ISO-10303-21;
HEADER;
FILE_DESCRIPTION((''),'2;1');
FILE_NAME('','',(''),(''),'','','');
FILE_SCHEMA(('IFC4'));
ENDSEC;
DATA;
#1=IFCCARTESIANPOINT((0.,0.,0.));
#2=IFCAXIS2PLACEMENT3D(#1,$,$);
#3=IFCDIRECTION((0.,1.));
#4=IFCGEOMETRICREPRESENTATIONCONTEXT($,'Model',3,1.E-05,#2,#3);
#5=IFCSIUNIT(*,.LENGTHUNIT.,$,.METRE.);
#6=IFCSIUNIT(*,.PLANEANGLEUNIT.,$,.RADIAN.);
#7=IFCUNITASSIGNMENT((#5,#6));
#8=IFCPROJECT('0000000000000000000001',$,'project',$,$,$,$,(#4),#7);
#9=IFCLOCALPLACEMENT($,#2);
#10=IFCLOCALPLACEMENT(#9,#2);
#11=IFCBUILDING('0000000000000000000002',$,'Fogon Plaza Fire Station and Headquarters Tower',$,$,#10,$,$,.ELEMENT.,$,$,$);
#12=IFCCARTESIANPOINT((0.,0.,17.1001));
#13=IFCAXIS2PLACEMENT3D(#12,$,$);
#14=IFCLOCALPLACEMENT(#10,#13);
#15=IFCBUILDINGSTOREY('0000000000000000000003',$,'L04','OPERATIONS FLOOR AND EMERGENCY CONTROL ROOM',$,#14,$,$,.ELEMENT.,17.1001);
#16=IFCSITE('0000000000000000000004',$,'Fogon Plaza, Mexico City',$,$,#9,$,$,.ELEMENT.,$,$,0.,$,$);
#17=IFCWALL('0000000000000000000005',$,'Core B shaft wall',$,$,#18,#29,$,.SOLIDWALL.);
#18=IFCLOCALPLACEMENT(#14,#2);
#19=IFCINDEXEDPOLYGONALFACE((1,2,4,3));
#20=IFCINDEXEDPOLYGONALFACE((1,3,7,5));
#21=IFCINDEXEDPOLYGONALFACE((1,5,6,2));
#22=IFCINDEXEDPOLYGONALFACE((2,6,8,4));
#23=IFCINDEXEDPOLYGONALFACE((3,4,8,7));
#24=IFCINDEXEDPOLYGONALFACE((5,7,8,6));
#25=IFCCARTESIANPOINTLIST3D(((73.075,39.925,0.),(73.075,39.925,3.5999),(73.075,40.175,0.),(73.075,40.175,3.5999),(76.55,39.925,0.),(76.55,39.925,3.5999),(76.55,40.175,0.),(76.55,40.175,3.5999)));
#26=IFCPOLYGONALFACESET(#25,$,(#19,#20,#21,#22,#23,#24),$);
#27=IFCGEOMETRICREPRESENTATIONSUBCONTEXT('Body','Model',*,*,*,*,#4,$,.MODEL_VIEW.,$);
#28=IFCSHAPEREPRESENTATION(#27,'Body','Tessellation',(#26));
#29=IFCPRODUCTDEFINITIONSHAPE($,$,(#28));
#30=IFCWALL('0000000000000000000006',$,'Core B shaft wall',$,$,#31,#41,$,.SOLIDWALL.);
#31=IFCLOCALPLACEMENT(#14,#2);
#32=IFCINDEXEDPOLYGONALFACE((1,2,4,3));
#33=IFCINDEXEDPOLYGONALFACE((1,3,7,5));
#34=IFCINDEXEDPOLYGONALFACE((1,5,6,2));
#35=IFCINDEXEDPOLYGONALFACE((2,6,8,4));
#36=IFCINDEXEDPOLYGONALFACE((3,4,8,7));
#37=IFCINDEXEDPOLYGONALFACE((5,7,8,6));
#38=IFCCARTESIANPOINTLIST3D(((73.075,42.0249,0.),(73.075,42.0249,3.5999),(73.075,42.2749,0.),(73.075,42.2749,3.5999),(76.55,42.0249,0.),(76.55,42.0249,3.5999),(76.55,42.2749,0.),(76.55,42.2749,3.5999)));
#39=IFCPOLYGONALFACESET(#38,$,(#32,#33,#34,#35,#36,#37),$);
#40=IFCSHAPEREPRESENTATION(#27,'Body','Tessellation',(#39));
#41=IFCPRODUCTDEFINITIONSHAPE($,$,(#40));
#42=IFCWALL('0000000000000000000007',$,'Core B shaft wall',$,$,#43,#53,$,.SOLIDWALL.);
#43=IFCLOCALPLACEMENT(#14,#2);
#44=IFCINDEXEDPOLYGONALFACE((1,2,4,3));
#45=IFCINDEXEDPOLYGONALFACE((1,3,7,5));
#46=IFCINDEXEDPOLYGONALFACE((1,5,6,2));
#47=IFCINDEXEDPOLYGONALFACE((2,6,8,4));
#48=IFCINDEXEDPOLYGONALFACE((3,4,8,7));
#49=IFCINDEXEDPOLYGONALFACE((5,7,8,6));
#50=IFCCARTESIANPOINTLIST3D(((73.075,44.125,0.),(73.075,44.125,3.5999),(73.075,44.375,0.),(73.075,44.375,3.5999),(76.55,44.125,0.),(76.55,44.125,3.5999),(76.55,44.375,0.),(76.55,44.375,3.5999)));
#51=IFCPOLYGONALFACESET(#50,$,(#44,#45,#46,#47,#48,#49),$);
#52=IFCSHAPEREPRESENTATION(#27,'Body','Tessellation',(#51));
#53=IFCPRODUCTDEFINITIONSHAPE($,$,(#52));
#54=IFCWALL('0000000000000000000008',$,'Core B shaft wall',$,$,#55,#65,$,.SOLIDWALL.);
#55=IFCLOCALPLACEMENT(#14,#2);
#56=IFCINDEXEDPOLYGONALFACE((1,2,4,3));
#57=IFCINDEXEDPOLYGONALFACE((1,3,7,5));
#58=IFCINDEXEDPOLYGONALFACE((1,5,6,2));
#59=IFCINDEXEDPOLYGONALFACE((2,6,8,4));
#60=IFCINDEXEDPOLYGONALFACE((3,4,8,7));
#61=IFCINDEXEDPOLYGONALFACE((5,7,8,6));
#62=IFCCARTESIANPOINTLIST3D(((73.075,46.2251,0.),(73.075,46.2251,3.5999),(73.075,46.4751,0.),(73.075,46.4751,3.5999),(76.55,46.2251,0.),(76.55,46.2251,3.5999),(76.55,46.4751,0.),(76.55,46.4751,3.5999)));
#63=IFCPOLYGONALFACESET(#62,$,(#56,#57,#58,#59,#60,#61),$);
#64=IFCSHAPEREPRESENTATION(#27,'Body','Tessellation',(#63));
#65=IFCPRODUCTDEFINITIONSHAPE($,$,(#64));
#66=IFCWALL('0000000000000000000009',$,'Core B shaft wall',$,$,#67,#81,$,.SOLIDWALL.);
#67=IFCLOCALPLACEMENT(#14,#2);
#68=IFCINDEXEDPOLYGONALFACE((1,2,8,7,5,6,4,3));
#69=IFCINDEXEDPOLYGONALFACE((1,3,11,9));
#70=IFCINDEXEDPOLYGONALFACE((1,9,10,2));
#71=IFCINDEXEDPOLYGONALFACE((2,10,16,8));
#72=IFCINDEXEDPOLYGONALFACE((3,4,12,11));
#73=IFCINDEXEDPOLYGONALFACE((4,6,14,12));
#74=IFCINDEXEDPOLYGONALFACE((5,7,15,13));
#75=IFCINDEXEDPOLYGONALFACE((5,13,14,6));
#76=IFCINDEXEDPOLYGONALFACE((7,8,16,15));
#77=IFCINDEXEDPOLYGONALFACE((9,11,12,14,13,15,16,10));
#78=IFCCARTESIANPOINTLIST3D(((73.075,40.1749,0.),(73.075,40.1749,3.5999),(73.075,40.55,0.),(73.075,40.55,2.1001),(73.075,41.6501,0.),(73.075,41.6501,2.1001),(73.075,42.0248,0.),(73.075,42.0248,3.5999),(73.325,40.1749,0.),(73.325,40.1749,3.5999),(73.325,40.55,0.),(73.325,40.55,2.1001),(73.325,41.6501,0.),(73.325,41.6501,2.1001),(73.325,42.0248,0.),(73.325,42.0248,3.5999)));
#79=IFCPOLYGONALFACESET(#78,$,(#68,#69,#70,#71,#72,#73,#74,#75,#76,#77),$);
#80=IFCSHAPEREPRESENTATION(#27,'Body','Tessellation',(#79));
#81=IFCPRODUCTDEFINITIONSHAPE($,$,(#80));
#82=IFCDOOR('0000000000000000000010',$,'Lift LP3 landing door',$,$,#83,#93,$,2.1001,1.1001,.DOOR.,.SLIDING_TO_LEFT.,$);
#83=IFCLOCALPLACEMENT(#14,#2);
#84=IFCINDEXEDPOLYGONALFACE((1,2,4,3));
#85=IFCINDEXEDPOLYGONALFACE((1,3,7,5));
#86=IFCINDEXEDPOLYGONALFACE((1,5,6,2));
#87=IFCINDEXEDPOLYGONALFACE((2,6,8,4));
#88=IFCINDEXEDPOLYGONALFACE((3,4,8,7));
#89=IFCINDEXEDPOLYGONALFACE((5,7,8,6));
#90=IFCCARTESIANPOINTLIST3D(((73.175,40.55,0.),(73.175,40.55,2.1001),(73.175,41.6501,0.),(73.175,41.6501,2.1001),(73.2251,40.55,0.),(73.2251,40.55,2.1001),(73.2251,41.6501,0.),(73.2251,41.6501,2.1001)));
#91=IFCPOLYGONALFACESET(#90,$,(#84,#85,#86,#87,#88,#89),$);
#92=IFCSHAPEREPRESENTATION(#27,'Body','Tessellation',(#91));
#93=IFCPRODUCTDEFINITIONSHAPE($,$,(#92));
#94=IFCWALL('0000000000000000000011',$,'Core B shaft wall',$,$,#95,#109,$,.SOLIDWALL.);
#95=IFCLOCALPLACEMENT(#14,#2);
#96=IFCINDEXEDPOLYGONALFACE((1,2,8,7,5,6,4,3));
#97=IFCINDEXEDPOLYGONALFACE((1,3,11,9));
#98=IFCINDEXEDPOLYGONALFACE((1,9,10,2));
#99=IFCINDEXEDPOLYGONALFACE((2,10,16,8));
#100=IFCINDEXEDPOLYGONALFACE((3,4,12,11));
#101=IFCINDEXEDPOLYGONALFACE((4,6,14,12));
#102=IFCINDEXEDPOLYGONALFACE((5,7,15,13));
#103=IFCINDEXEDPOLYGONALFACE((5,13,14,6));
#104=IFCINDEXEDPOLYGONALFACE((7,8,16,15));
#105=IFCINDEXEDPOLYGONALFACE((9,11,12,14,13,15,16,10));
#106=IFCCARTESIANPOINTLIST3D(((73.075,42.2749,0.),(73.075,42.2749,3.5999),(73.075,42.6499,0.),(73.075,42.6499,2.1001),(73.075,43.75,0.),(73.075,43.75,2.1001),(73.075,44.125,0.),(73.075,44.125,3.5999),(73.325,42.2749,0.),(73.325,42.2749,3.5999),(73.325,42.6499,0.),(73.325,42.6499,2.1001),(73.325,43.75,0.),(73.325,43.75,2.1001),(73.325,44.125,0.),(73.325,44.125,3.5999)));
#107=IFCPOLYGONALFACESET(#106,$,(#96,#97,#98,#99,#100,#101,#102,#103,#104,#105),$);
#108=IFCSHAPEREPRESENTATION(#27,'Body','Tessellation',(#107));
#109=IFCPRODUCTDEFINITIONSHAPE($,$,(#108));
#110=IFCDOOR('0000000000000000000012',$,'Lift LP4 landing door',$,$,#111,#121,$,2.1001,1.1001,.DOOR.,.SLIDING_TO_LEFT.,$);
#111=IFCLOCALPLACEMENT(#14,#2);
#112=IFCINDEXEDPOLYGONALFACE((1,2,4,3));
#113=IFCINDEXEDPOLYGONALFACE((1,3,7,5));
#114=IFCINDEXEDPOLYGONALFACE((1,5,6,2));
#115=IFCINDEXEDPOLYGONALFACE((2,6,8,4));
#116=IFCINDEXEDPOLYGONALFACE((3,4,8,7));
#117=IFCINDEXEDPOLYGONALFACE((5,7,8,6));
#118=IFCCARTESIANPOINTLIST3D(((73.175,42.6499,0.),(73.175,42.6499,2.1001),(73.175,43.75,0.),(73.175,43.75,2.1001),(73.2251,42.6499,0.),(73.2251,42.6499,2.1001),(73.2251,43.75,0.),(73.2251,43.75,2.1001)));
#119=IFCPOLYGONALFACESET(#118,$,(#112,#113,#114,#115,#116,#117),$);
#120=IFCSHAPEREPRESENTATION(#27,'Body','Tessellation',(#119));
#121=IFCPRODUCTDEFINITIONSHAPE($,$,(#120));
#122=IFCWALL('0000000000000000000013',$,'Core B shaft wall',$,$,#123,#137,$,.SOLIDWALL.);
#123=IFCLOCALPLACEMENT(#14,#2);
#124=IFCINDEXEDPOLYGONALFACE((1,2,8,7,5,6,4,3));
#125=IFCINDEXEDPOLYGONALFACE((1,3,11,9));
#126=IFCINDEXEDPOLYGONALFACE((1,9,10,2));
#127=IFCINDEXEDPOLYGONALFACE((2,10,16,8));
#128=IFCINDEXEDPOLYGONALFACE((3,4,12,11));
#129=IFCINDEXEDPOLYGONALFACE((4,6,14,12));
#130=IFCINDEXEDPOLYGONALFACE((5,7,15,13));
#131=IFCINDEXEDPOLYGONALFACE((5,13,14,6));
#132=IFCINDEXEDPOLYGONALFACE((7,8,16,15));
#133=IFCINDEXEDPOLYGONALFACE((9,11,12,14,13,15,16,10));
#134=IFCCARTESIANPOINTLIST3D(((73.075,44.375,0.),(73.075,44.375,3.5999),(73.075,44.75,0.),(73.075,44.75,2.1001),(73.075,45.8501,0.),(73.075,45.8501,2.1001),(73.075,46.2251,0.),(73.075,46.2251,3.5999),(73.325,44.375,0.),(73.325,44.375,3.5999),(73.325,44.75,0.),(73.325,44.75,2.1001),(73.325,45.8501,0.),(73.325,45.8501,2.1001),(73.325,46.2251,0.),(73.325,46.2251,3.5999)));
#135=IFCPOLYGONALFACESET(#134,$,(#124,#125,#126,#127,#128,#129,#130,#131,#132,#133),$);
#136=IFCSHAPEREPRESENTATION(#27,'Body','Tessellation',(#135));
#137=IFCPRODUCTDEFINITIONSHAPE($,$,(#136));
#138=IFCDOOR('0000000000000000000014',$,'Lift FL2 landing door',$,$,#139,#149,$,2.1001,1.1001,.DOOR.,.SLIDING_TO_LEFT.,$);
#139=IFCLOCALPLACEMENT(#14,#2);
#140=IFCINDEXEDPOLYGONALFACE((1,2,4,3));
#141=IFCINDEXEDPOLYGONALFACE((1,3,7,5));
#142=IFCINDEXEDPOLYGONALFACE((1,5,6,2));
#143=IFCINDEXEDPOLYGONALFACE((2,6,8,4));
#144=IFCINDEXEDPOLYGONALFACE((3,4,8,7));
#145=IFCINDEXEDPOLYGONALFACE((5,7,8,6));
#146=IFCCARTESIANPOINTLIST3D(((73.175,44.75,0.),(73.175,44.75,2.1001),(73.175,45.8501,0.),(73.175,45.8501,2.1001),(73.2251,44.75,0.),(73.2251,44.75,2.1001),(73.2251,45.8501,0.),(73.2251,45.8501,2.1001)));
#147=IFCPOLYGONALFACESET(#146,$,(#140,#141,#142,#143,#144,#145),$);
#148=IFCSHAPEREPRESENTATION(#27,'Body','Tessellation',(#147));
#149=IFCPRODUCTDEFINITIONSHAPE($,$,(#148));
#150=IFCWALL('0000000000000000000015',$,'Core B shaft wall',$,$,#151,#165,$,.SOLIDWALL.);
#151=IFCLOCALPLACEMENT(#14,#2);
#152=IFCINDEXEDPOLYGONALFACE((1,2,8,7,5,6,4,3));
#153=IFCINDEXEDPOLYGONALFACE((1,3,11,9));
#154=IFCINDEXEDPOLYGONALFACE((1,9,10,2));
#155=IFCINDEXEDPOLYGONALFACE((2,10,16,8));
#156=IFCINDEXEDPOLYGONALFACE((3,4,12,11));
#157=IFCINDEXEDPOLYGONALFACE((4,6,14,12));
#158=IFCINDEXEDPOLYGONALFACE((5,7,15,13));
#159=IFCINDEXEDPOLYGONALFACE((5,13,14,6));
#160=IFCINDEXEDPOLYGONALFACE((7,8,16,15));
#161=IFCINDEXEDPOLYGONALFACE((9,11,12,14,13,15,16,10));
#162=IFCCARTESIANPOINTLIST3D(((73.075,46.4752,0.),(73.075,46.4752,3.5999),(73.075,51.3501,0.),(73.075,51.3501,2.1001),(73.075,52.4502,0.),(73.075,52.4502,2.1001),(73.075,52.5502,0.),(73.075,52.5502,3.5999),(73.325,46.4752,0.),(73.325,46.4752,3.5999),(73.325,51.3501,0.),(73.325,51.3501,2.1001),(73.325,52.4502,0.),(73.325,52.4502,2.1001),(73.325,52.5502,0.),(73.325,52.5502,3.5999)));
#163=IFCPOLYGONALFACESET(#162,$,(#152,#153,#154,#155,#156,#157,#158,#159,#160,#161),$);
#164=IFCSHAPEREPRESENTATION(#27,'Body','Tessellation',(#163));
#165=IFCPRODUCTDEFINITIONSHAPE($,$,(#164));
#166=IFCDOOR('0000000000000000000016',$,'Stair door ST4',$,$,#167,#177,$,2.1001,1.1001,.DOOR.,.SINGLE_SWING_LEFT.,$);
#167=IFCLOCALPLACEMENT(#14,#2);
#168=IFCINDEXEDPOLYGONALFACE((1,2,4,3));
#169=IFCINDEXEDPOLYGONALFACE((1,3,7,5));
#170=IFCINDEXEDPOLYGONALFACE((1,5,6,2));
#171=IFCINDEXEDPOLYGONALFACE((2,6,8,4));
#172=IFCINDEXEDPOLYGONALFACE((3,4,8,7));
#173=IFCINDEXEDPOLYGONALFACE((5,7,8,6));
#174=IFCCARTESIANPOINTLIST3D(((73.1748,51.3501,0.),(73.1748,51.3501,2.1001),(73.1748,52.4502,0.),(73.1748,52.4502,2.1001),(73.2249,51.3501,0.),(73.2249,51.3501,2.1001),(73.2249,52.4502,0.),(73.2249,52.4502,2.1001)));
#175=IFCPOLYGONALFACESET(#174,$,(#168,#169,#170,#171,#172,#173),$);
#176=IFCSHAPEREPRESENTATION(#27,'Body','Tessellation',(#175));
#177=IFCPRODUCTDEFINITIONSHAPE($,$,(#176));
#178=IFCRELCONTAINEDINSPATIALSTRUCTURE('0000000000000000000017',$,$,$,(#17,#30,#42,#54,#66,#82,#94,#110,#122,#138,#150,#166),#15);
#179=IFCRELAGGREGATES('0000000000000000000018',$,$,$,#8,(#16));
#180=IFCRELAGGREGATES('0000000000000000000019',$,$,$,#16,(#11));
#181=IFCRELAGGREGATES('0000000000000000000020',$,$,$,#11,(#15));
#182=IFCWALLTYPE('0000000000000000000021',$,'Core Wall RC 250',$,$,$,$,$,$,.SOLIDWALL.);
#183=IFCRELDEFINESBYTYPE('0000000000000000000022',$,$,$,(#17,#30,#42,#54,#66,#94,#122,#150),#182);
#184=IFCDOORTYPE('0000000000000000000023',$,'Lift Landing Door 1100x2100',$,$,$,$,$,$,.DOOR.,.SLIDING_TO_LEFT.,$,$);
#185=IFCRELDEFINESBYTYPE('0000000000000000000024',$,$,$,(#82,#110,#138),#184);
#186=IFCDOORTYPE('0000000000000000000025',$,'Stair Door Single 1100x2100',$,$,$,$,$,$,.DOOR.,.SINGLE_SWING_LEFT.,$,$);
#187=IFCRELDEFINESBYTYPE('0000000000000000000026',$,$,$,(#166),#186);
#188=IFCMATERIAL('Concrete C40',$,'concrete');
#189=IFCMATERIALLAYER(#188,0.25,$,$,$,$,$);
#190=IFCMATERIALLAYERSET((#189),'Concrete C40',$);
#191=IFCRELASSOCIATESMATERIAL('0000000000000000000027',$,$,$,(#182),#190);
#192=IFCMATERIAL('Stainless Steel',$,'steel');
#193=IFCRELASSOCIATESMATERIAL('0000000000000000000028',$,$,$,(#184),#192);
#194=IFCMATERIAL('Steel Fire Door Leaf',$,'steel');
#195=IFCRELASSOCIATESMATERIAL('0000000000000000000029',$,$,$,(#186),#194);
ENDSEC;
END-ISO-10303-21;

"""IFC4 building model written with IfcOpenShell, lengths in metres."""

from ifc_helpers import new_model, si_unit, direction, frame, frame_2d, origin, place, context, subcontext, project, spatial, rectangle, extrude, material, layer, layer_set, type_object, element, fill, save


model = new_model("IFC4")

# Units and contexts
model_context = context("Model", 3, precision=1e-05, world=origin(), true_north=direction((0.0, 1.0)))
body_context = subcontext(model_context, "Body", "Model", "MODEL_VIEW")
ifc_project = project(units=[si_unit("LENGTHUNIT", "METRE"), si_unit("PLANEANGLEUNIT", "RADIAN")], contexts=[model_context])

# Site, building, storey
site_placement = place(None, origin())
site = spatial("IfcSite", under=ifc_project, at=site_placement, Name="Fogon Plaza, Mexico City", CompositionType="ELEMENT", RefElevation=0.0)
building_placement = place(site_placement, origin())
building = spatial("IfcBuilding", under=site, at=building_placement, Name="Fogon Plaza Fire Station and Headquarters Tower", CompositionType="ELEMENT")
storey_placement = place(building_placement, frame((0.0, 0.0, 17.1001)))
storey = spatial("IfcBuildingStorey", under=building, at=storey_placement, Name="L04", Description="OPERATIONS FLOOR AND EMERGENCY CONTROL ROOM", CompositionType="ELEMENT", Elevation=17.1001)

# Walls
ifc_material_1 = material(Name="Concrete C40", Category="concrete")
ifc_layer_1 = layer(ifc_material_1, 0.25)
ifc_layer_set_1 = layer_set([ifc_layer_1], Name="Concrete C40")
wall_type_1 = type_object("IfcWallType", Name="Core Wall RC 250", PredefinedType="SOLIDWALL", material=ifc_layer_set_1)
for number, where, z_axis, x_axis, name in (
    (1, (76.55, 40.05, 0.0), (0.0, 0.0, 1.0), (-1.0, 0.0, 0.0), "Core B shaft wall"),
    (2, (76.55, 42.1499, 0.0), (0.0, 0.0, 1.0), (-1.0, 0.0, 0.0), "Core B shaft wall"),
    (3, (76.55, 44.25, 0.0), (0.0, 0.0, 1.0), (-1.0, 0.0, 0.0), "Core B shaft wall"),
    (4, (76.55, 46.3501, 0.0), (0.0, 0.0, 1.0), (-1.0, 0.0, 0.0), "Core B shaft wall"),
):
    element("IfcWall", number, at=place(storey_placement, frame(where, z_axis=z_axis, x_axis=x_axis)), inside=storey, type_object=wall_type_1, Name=name, PredefinedType="SOLIDWALL", context=body_context, shape_type="SweptSolid", body=[
        extrude(rectangle(XDim=3.4751, YDim=0.25, at=frame_2d((1.7375, 0.0))), origin(), (0.0, 0.0, 1.0), 3.5999),
    ])

# Walls, openings, doors
wall_1_placement = place(storey_placement, frame((73.2, 40.175, 0.0), z_axis=(0.0, 0.0, 1.0), x_axis=(0.0, 1.0, 0.0)))
wall_1 = element("IfcWall", 5, at=wall_1_placement, inside=storey, type_object=wall_type_1, Name="Core B shaft wall", PredefinedType="SOLIDWALL", context=body_context, shape_type="SweptSolid", body=[
    extrude(rectangle(XDim=1.8499, YDim=0.25, at=frame_2d((0.9248, 0.0))), origin(), (0.0, 0.0, 1.0), 3.5999),
])
opening_1_placement = place(wall_1_placement, frame((0.375, 0.0, 0.0)))
opening_1 = element("IfcOpeningElement", 6, at=opening_1_placement, cuts=wall_1, PredefinedType="OPENING", context=body_context, shape_type="SweptSolid", body=[
    extrude(rectangle(XDim=1.1001, YDim=2.1001, at=frame_2d((0.55, 1.05))), frame((0.0, 0.135, 0.0), z_axis=(0.0, -1.0, 0.0), x_axis=(1.0, 0.0, 0.0)), (0.0, 0.0, 1.0), 0.27),
])
ifc_material_2 = material(Name="Stainless Steel", Category="steel")
door_type_1 = type_object("IfcDoorType", Name="Lift Landing Door 1100x2100", OperationType="SLIDING_TO_LEFT", PredefinedType="DOOR", material=ifc_material_2)
door_1_placement = place(opening_1_placement, origin())
door_1 = element("IfcDoor", 7, at=door_1_placement, inside=storey, type_object=door_type_1, Name="Lift LP3 landing door", OperationType="SLIDING_TO_LEFT", OverallHeight=2.1001, OverallWidth=1.1001, PredefinedType="DOOR", context=body_context, shape_type="SweptSolid", body=[
    extrude(rectangle(XDim=1.1001, YDim=2.1001, at=frame_2d((0.55, 1.05))), frame((0.0, 0.0249, 0.0), z_axis=(0.0, -1.0, 0.0), x_axis=(1.0, 0.0, 0.0)), (0.0, 0.0, 1.0), 0.05),
])
fill(opening_1, door_1)
wall_2_placement = place(storey_placement, frame((73.2, 42.2749, 0.0), z_axis=(0.0, 0.0, 1.0), x_axis=(0.0, 1.0, 0.0)))
wall_2 = element("IfcWall", 8, at=wall_2_placement, inside=storey, type_object=wall_type_1, Name="Core B shaft wall", PredefinedType="SOLIDWALL", context=body_context, shape_type="SweptSolid", body=[
    extrude(rectangle(XDim=1.8501, YDim=0.25, at=frame_2d((0.925, 0.0))), origin(), (0.0, 0.0, 1.0), 3.5999),
])
opening_2_placement = place(wall_2_placement, frame((0.375, 0.0, 0.0)))
opening_2 = element("IfcOpeningElement", 9, at=opening_2_placement, cuts=wall_2, PredefinedType="OPENING", context=body_context, shape_type="SweptSolid", body=[
    extrude(rectangle(XDim=1.1001, YDim=2.1001, at=frame_2d((0.55, 1.05))), frame((0.0, 0.135, 0.0), z_axis=(0.0, -1.0, 0.0), x_axis=(1.0, 0.0, 0.0)), (0.0, 0.0, 1.0), 0.27),
])
door_2_placement = place(opening_2_placement, origin())
door_2 = element("IfcDoor", 10, at=door_2_placement, inside=storey, type_object=door_type_1, Name="Lift LP4 landing door", OperationType="SLIDING_TO_LEFT", OverallHeight=2.1001, OverallWidth=1.1001, PredefinedType="DOOR", context=body_context, shape_type="SweptSolid", body=[
    extrude(rectangle(XDim=1.1001, YDim=2.1001, at=frame_2d((0.55, 1.05))), frame((0.0, 0.0249, 0.0), z_axis=(0.0, -1.0, 0.0), x_axis=(1.0, 0.0, 0.0)), (0.0, 0.0, 1.0), 0.05),
])
fill(opening_2, door_2)
wall_3_placement = place(storey_placement, frame((73.2, 44.375, 0.0), z_axis=(0.0, 0.0, 1.0), x_axis=(0.0, 1.0, 0.0)))
wall_3 = element("IfcWall", 11, at=wall_3_placement, inside=storey, type_object=wall_type_1, Name="Core B shaft wall", PredefinedType="SOLIDWALL", context=body_context, shape_type="SweptSolid", body=[
    extrude(rectangle(XDim=1.8501, YDim=0.25, at=frame_2d((0.925, 0.0))), origin(), (0.0, 0.0, 1.0), 3.5999),
])
opening_3_placement = place(wall_3_placement, frame((0.375, 0.0, 0.0)))
opening_3 = element("IfcOpeningElement", 12, at=opening_3_placement, cuts=wall_3, PredefinedType="OPENING", context=body_context, shape_type="SweptSolid", body=[
    extrude(rectangle(XDim=1.1001, YDim=2.1001, at=frame_2d((0.55, 1.05))), frame((0.0, 0.135, 0.0), z_axis=(0.0, -1.0, 0.0), x_axis=(1.0, 0.0, 0.0)), (0.0, 0.0, 1.0), 0.27),
])
door_3_placement = place(opening_3_placement, origin())
door_3 = element("IfcDoor", 13, at=door_3_placement, inside=storey, type_object=door_type_1, Name="Lift FL2 landing door", OperationType="SLIDING_TO_LEFT", OverallHeight=2.1001, OverallWidth=1.1001, PredefinedType="DOOR", context=body_context, shape_type="SweptSolid", body=[
    extrude(rectangle(XDim=1.1001, YDim=2.1001, at=frame_2d((0.55, 1.05))), frame((0.0, 0.0249, 0.0), z_axis=(0.0, -1.0, 0.0), x_axis=(1.0, 0.0, 0.0)), (0.0, 0.0, 1.0), 0.05),
])
fill(opening_3, door_3)
wall_4_placement = place(storey_placement, frame((73.2, 46.4751, 0.0), z_axis=(0.0, 0.0, 1.0), x_axis=(0.0, 1.0, 0.0)))
wall_4 = element("IfcWall", 14, at=wall_4_placement, inside=storey, type_object=wall_type_1, Name="Core B shaft wall", PredefinedType="SOLIDWALL", context=body_context, shape_type="SweptSolid", body=[
    extrude(rectangle(XDim=6.075, YDim=0.25, at=frame_2d((3.0376, 0.0))), origin(), (0.0, 0.0, 1.0), 3.5999),
])
opening_4_placement = place(wall_4_placement, frame((4.875, 0.0, 0.0)))
opening_4 = element("IfcOpeningElement", 15, at=opening_4_placement, cuts=wall_4, PredefinedType="OPENING", context=body_context, shape_type="SweptSolid", body=[
    extrude(rectangle(XDim=1.1001, YDim=2.1001, at=frame_2d((0.55, 1.05))), frame((0.0, 0.135, 0.0), z_axis=(0.0, -1.0, 0.0), x_axis=(1.0, 0.0, 0.0)), (0.0, 0.0, 1.0), 0.27),
])
ifc_material_3 = material(Name="Steel Fire Door Leaf", Category="steel")
door_type_2 = type_object("IfcDoorType", Name="Stair Door Single 1100x2100", OperationType="SINGLE_SWING_LEFT", PredefinedType="DOOR", material=ifc_material_3)
door_4_placement = place(opening_4_placement, frame((1.1001, 0.0, 0.0), z_axis=(0.0, 0.0, 1.0), x_axis=(-1.0, 0.0, 0.0)))
door_4 = element("IfcDoor", 16, at=door_4_placement, inside=storey, type_object=door_type_2, Name="Stair door ST4", OperationType="SINGLE_SWING_LEFT", OverallHeight=2.1001, OverallWidth=1.1001, PredefinedType="DOOR", context=body_context, shape_type="SweptSolid", body=[
    extrude(rectangle(XDim=1.1001, YDim=2.1001, at=frame_2d((0.55, 1.05))), frame((0.0, 0.0249, 0.0), z_axis=(0.0, -1.0, 0.0), x_axis=(1.0, 0.0, 0.0)), (0.0, 0.0, 1.0), 0.05),
])
fill(opening_4, door_4)

save(model, "model.ifc")
